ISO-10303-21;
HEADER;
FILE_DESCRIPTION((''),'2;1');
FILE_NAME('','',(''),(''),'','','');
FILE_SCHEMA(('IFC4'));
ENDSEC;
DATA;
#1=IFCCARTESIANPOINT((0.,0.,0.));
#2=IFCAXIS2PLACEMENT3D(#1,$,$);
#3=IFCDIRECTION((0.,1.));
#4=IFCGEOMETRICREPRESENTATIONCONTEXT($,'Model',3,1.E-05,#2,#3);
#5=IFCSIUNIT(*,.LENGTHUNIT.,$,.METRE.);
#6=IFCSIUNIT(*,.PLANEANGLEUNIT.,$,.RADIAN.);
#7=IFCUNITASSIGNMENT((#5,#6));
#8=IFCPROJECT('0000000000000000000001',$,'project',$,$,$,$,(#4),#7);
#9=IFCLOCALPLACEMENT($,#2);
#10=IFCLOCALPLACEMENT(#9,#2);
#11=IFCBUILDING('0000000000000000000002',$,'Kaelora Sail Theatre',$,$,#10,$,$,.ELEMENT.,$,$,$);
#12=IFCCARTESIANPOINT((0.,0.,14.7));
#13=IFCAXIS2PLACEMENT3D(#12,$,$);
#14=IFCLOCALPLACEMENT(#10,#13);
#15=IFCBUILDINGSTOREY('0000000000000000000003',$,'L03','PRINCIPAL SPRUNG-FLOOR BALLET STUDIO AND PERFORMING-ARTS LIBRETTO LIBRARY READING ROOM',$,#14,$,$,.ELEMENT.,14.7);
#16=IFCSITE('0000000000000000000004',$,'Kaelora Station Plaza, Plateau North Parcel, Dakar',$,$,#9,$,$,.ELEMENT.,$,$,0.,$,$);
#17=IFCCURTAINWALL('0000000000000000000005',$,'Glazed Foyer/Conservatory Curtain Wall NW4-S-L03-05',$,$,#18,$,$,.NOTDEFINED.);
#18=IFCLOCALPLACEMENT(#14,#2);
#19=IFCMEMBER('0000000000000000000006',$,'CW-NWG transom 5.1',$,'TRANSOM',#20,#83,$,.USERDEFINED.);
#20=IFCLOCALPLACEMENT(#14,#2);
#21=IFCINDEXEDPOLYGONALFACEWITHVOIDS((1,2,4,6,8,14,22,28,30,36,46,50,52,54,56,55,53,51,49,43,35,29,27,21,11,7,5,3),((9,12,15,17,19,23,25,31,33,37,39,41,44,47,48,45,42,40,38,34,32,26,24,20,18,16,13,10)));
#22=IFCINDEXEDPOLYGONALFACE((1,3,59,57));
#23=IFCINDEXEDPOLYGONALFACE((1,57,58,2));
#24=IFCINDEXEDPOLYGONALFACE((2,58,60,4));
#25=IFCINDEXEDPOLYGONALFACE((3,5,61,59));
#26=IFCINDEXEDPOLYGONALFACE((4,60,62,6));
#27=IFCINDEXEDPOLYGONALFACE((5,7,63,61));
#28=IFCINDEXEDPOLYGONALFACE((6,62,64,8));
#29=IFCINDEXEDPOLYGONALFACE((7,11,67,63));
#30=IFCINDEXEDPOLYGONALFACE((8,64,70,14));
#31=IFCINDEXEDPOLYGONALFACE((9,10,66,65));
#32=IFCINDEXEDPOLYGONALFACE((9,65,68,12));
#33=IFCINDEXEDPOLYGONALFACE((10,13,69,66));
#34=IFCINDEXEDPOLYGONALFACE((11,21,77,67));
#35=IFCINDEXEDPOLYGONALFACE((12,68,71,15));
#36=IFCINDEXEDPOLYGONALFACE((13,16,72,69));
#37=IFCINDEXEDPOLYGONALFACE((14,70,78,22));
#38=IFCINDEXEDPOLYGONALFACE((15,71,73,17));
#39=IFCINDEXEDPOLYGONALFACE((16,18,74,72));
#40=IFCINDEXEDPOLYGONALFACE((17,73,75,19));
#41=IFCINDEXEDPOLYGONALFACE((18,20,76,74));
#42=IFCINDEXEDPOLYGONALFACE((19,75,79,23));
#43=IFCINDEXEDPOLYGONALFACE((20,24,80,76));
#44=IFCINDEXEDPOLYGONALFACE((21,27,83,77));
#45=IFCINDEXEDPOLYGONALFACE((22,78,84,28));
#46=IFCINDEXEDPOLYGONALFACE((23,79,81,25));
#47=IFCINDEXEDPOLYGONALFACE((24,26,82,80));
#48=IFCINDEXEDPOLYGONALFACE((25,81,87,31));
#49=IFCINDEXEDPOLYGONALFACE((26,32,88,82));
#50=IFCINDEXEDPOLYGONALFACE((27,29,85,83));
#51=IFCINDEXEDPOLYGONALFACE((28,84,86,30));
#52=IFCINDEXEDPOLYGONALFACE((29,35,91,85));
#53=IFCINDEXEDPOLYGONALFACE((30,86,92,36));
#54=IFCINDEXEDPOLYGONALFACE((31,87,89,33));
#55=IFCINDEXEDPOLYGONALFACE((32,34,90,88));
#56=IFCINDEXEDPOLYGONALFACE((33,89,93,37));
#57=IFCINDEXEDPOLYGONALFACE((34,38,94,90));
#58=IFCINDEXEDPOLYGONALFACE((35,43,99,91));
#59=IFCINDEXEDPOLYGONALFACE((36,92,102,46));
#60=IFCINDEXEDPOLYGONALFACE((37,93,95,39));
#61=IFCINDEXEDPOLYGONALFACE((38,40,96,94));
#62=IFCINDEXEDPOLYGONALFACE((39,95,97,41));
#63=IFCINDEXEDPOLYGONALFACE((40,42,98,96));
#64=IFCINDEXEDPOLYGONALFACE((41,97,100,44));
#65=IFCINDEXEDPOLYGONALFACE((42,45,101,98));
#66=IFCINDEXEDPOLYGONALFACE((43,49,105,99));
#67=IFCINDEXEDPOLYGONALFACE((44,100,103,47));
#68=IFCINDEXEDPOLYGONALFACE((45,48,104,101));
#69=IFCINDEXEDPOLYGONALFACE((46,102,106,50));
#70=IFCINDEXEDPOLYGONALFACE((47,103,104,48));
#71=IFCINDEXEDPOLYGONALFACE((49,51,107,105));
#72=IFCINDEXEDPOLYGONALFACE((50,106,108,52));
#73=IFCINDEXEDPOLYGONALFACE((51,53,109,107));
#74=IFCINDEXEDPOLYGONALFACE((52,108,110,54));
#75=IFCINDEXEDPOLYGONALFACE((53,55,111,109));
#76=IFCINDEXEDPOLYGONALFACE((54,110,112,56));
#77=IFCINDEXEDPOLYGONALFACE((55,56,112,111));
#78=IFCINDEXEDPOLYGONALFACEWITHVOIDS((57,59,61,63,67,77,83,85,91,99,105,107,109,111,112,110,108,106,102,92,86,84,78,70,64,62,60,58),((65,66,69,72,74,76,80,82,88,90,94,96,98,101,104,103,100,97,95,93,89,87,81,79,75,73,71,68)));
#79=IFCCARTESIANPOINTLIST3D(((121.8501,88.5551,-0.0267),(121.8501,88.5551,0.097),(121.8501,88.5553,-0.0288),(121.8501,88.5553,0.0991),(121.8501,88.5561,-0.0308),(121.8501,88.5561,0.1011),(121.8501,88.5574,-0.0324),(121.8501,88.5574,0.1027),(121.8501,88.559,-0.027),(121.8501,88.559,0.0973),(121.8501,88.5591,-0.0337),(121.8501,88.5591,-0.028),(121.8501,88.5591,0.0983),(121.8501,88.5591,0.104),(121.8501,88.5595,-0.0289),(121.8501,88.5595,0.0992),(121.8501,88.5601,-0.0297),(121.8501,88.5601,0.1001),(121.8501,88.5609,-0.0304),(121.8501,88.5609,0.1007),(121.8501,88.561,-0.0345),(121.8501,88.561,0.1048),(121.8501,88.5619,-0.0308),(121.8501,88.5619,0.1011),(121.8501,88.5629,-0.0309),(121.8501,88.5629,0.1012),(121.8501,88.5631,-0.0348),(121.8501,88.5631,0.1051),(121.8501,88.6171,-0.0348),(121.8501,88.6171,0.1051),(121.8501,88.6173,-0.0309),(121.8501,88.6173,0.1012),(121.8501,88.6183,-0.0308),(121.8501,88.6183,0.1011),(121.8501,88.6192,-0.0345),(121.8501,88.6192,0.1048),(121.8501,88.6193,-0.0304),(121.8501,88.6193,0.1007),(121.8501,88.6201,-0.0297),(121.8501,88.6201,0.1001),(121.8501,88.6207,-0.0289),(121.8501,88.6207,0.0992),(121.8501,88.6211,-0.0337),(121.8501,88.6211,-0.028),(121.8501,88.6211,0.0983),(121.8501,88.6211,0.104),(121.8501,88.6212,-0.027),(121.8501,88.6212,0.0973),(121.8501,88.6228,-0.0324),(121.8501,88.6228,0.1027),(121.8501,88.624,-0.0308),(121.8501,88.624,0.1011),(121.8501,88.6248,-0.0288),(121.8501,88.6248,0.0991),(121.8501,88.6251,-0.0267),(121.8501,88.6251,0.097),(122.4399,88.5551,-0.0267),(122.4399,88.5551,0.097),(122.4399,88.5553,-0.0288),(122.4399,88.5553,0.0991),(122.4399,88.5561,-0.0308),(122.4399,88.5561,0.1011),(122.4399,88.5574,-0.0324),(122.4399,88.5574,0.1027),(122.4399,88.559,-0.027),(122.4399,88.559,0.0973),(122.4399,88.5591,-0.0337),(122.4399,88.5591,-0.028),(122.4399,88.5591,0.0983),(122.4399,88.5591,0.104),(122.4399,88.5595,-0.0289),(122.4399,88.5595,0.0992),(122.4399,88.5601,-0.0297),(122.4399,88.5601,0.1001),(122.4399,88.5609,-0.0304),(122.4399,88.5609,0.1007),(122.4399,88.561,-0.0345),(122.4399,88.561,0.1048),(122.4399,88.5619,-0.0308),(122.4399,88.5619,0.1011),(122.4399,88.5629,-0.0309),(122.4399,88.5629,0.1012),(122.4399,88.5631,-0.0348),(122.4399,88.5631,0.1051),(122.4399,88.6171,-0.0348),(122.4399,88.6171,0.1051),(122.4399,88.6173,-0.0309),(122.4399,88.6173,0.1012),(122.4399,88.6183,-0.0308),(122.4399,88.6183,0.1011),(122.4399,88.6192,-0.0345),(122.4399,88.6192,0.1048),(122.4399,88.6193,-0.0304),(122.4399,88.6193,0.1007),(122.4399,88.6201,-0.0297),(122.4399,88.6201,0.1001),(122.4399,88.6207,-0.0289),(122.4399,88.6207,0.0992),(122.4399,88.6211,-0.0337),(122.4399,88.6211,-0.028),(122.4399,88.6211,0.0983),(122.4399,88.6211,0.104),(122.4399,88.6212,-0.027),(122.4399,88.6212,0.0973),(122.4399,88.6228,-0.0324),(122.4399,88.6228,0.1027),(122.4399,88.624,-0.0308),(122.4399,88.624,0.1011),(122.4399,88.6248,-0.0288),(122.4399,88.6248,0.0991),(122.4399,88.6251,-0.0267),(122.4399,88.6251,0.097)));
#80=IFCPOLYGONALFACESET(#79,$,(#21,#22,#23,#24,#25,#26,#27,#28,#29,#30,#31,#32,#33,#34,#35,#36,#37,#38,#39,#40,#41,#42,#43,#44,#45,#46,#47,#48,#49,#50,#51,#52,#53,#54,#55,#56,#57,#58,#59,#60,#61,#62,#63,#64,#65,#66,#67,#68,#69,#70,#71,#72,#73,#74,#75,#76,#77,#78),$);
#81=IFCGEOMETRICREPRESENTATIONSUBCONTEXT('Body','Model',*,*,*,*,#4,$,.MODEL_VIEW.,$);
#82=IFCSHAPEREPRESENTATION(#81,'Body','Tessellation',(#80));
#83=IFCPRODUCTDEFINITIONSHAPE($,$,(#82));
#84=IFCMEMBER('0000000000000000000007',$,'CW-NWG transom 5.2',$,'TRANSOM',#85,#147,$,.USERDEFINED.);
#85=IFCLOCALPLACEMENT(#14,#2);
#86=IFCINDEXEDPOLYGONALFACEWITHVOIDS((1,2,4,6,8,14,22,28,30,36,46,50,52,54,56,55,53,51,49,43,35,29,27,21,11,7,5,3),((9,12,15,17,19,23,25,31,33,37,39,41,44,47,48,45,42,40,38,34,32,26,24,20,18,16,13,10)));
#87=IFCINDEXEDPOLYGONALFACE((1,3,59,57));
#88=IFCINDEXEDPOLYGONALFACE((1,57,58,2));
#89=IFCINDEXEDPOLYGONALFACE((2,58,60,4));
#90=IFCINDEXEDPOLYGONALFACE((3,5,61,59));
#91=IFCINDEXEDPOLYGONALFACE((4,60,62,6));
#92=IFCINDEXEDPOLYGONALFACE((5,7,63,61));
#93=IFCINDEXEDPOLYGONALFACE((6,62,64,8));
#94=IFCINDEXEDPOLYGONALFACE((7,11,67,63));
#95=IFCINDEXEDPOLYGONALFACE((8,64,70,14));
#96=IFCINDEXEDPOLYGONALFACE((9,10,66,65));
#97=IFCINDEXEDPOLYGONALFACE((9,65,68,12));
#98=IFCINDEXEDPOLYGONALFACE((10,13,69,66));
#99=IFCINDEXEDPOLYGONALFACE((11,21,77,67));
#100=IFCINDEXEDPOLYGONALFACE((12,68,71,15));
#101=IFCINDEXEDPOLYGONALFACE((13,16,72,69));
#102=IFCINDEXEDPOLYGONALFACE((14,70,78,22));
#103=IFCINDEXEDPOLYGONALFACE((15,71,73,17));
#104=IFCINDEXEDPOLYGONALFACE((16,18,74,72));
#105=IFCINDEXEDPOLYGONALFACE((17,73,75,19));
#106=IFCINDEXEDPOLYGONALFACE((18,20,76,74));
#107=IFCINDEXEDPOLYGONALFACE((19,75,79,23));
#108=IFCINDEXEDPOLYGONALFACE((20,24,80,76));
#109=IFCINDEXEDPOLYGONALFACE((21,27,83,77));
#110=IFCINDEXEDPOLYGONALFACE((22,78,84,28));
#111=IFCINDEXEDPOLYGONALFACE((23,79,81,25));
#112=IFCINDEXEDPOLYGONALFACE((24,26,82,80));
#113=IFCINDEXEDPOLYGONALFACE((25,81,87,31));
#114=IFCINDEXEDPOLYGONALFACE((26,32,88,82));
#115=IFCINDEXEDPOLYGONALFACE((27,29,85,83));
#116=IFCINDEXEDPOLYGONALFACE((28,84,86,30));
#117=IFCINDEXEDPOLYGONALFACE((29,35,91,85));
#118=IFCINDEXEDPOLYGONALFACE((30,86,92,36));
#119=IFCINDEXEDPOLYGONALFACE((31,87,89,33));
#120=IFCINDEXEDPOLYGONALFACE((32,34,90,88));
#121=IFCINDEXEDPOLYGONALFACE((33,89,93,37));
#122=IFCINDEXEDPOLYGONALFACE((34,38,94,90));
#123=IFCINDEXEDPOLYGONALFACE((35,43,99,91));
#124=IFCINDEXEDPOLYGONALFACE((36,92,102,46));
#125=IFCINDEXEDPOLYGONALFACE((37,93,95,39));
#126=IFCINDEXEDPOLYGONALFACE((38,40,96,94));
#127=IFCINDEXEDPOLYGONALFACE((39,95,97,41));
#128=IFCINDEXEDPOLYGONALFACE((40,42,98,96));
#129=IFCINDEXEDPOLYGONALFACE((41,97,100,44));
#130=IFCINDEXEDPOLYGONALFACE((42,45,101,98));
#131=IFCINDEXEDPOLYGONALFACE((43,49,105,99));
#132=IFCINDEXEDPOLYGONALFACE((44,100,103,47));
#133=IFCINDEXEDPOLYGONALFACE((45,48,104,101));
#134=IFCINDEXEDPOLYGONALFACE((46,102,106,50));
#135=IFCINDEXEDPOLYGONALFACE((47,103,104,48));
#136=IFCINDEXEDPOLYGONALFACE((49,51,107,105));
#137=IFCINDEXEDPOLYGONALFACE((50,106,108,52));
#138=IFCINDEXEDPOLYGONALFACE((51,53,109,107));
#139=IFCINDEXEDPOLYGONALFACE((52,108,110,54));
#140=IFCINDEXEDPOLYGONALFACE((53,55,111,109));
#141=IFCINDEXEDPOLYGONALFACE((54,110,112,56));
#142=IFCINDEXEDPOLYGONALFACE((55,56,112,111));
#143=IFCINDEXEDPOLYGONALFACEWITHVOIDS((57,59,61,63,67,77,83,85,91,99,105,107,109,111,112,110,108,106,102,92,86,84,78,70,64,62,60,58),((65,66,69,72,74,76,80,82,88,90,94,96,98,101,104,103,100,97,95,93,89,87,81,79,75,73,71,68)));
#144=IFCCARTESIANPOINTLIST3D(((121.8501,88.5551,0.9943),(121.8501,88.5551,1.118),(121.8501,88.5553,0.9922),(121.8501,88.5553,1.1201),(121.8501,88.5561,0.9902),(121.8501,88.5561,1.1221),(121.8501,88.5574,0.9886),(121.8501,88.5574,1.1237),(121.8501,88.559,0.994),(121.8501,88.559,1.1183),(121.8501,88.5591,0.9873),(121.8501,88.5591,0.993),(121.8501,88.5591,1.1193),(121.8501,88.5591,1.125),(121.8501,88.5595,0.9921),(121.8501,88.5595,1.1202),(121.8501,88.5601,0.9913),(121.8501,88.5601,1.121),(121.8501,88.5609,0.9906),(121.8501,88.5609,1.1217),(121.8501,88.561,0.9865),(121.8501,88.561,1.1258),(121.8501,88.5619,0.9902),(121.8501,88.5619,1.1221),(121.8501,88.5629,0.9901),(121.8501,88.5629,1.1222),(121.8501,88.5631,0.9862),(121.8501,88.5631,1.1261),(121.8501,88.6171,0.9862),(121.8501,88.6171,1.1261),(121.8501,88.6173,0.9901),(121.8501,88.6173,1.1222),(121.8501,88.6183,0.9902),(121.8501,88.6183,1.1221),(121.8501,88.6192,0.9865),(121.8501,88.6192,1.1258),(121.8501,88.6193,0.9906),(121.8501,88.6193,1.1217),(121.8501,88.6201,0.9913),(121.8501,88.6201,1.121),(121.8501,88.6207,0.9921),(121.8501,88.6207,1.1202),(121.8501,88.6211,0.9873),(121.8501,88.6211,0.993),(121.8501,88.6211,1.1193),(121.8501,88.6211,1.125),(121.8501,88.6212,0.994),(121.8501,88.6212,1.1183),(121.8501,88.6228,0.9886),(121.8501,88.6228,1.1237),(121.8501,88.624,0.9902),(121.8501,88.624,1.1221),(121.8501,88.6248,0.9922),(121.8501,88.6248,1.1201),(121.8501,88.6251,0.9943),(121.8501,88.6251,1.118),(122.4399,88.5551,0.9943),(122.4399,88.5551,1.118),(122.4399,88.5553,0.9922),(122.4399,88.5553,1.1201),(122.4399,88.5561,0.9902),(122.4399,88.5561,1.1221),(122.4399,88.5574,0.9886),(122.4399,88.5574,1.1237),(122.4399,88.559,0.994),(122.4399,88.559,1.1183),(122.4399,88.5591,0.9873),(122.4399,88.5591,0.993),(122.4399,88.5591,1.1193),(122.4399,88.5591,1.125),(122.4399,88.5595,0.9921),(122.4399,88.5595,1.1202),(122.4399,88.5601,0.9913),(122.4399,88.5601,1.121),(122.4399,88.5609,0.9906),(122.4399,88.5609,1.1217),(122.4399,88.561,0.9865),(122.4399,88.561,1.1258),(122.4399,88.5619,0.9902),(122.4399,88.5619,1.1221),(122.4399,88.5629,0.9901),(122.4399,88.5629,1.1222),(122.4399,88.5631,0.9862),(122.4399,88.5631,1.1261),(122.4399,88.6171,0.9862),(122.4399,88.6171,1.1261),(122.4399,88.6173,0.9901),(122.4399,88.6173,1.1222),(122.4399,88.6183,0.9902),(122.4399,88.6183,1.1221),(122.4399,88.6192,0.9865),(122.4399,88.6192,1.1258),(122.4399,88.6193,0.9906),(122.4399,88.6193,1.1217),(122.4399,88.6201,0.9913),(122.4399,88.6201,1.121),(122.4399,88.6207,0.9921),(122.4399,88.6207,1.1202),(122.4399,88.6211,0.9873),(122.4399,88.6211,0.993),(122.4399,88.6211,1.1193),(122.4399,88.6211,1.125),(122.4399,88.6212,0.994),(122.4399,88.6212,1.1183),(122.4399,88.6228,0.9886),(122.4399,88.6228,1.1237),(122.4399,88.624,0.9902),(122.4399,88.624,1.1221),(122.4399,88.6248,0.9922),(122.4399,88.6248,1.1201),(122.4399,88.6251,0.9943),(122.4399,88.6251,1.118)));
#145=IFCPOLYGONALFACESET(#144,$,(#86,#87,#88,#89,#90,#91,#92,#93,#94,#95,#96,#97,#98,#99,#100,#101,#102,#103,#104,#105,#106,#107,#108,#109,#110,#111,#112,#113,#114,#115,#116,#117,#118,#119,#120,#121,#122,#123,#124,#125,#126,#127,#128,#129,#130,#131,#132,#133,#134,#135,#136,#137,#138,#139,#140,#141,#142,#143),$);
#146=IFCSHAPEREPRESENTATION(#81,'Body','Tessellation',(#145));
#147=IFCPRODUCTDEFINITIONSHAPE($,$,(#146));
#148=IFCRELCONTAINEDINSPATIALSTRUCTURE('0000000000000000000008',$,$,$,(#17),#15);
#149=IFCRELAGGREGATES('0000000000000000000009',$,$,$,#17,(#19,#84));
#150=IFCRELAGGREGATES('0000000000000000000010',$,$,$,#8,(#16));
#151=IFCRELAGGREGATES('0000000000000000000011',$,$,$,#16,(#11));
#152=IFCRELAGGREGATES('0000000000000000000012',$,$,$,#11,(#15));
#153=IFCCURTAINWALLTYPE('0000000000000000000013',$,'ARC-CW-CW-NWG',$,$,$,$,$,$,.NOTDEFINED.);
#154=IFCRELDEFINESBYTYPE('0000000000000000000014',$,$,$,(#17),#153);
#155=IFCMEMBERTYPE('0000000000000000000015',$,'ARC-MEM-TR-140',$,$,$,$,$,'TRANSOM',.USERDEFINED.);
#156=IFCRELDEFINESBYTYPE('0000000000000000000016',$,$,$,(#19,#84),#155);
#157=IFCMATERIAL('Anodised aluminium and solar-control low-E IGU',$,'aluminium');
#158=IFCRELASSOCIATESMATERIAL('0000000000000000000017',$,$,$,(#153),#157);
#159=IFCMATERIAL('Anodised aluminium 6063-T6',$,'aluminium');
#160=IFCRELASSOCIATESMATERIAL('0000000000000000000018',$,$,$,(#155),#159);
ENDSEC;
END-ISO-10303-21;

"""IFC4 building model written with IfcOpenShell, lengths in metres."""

from ifc_helpers import new_model, si_unit, direction, frame, origin, origin_2d, place, context, subcontext, project, spatial, hollow_rectangle, extrude, material, material_profile, profile_set, type_object, element, aggregate, save


model = new_model("IFC4")

# Units and contexts
model_context = context("Model", 3, precision=1e-05, world=origin(), true_north=direction((0.0, 1.0)))
body_context = subcontext(model_context, "Body", "Model", "MODEL_VIEW")
ifc_project = project(units=[si_unit("LENGTHUNIT", "METRE"), si_unit("PLANEANGLEUNIT", "RADIAN")], contexts=[model_context])

# Site, building, storey
site_placement = place(None, origin())
site = spatial("IfcSite", under=ifc_project, at=site_placement, Name="Kaelora Station Plaza, Plateau North Parcel, Dakar", CompositionType="ELEMENT", RefElevation=0.0)
building_placement = place(site_placement, origin())
building = spatial("IfcBuilding", under=site, at=building_placement, Name="Kaelora Sail Theatre", CompositionType="ELEMENT")
storey_placement = place(building_placement, frame((0.0, 0.0, 14.7)))
storey = spatial("IfcBuildingStorey", under=building, at=storey_placement, Name="L03", Description="PRINCIPAL SPRUNG-FLOOR BALLET STUDIO AND PERFORMING-ARTS LIBRETTO LIBRARY READING ROOM", CompositionType="ELEMENT", Elevation=14.7)

# Curtain wall
ifc_material_1 = material(Name="Anodised aluminium and solar-control low-E IGU", Category="aluminium")
curtain_wall_type = type_object("IfcCurtainWallType", Name="ARC-CW-CW-NWG", PredefinedType="NOTDEFINED", material=ifc_material_1)
curtain_wall_1_placement = place(storey_placement, origin())
curtain_wall_1 = element("IfcCurtainWall", 1, at=curtain_wall_1_placement, inside=storey, type_object=curtain_wall_type, Name="Glazed Foyer/Conservatory Curtain Wall NW4-S-L03-05", PredefinedType="NOTDEFINED")

# Members
ifc_material_2 = material(Name="Anodised aluminium 6063-T6", Category="aluminium")
ifc_material_profile_1 = material_profile(ifc_material_2, hollow_rectangle(XDim=0.0701, YDim=0.1399, WallThickness=0.0039, InnerFilletRadius=0.0039, OuterFilletRadius=0.0081, at=origin_2d()), Name="ALU-TRAN 70x140x4")
ifc_profile_set_1 = profile_set([ifc_material_profile_1], Name="Anodised aluminium 6063-T6")
member_type_1 = type_object("IfcMemberType", Name="ARC-MEM-TR-140", ElementType="TRANSOM", PredefinedType="USERDEFINED", material=ifc_profile_set_1)
member_1_placement = place(storey_placement, frame((121.8501, 88.5901, 0.0352), z_axis=(1.0, 0.0, 0.0), x_axis=(0.0, 1.0, 0.0)))
member_1 = element("IfcMember", 2, at=member_1_placement, type_object=member_type_1, Name="CW-NWG transom 5.1", ObjectType="TRANSOM", PredefinedType="USERDEFINED", context=body_context, shape_type="SweptSolid", body=[
    extrude(hollow_rectangle(XDim=0.0701, YDim=0.1399, WallThickness=0.0039, InnerFilletRadius=0.0039, OuterFilletRadius=0.0081, at=origin_2d()), origin(), (0.0, 0.0, 1.0), 0.5898),
])
member_2_placement = place(storey_placement, frame((121.8501, 88.5901, 1.0562), z_axis=(1.0, 0.0, 0.0), x_axis=(0.0, 1.0, 0.0)))
member_2 = element("IfcMember", 3, at=member_2_placement, type_object=member_type_1, Name="CW-NWG transom 5.2", ObjectType="TRANSOM", PredefinedType="USERDEFINED", context=body_context, shape_type="SweptSolid", body=[
    extrude(hollow_rectangle(XDim=0.0701, YDim=0.1399, WallThickness=0.0039, InnerFilletRadius=0.0039, OuterFilletRadius=0.0081, at=origin_2d()), origin(), (0.0, 0.0, 1.0), 0.5898),
])

aggregate(curtain_wall_1, [member_1, member_2])

save(model, "model.ifc")
